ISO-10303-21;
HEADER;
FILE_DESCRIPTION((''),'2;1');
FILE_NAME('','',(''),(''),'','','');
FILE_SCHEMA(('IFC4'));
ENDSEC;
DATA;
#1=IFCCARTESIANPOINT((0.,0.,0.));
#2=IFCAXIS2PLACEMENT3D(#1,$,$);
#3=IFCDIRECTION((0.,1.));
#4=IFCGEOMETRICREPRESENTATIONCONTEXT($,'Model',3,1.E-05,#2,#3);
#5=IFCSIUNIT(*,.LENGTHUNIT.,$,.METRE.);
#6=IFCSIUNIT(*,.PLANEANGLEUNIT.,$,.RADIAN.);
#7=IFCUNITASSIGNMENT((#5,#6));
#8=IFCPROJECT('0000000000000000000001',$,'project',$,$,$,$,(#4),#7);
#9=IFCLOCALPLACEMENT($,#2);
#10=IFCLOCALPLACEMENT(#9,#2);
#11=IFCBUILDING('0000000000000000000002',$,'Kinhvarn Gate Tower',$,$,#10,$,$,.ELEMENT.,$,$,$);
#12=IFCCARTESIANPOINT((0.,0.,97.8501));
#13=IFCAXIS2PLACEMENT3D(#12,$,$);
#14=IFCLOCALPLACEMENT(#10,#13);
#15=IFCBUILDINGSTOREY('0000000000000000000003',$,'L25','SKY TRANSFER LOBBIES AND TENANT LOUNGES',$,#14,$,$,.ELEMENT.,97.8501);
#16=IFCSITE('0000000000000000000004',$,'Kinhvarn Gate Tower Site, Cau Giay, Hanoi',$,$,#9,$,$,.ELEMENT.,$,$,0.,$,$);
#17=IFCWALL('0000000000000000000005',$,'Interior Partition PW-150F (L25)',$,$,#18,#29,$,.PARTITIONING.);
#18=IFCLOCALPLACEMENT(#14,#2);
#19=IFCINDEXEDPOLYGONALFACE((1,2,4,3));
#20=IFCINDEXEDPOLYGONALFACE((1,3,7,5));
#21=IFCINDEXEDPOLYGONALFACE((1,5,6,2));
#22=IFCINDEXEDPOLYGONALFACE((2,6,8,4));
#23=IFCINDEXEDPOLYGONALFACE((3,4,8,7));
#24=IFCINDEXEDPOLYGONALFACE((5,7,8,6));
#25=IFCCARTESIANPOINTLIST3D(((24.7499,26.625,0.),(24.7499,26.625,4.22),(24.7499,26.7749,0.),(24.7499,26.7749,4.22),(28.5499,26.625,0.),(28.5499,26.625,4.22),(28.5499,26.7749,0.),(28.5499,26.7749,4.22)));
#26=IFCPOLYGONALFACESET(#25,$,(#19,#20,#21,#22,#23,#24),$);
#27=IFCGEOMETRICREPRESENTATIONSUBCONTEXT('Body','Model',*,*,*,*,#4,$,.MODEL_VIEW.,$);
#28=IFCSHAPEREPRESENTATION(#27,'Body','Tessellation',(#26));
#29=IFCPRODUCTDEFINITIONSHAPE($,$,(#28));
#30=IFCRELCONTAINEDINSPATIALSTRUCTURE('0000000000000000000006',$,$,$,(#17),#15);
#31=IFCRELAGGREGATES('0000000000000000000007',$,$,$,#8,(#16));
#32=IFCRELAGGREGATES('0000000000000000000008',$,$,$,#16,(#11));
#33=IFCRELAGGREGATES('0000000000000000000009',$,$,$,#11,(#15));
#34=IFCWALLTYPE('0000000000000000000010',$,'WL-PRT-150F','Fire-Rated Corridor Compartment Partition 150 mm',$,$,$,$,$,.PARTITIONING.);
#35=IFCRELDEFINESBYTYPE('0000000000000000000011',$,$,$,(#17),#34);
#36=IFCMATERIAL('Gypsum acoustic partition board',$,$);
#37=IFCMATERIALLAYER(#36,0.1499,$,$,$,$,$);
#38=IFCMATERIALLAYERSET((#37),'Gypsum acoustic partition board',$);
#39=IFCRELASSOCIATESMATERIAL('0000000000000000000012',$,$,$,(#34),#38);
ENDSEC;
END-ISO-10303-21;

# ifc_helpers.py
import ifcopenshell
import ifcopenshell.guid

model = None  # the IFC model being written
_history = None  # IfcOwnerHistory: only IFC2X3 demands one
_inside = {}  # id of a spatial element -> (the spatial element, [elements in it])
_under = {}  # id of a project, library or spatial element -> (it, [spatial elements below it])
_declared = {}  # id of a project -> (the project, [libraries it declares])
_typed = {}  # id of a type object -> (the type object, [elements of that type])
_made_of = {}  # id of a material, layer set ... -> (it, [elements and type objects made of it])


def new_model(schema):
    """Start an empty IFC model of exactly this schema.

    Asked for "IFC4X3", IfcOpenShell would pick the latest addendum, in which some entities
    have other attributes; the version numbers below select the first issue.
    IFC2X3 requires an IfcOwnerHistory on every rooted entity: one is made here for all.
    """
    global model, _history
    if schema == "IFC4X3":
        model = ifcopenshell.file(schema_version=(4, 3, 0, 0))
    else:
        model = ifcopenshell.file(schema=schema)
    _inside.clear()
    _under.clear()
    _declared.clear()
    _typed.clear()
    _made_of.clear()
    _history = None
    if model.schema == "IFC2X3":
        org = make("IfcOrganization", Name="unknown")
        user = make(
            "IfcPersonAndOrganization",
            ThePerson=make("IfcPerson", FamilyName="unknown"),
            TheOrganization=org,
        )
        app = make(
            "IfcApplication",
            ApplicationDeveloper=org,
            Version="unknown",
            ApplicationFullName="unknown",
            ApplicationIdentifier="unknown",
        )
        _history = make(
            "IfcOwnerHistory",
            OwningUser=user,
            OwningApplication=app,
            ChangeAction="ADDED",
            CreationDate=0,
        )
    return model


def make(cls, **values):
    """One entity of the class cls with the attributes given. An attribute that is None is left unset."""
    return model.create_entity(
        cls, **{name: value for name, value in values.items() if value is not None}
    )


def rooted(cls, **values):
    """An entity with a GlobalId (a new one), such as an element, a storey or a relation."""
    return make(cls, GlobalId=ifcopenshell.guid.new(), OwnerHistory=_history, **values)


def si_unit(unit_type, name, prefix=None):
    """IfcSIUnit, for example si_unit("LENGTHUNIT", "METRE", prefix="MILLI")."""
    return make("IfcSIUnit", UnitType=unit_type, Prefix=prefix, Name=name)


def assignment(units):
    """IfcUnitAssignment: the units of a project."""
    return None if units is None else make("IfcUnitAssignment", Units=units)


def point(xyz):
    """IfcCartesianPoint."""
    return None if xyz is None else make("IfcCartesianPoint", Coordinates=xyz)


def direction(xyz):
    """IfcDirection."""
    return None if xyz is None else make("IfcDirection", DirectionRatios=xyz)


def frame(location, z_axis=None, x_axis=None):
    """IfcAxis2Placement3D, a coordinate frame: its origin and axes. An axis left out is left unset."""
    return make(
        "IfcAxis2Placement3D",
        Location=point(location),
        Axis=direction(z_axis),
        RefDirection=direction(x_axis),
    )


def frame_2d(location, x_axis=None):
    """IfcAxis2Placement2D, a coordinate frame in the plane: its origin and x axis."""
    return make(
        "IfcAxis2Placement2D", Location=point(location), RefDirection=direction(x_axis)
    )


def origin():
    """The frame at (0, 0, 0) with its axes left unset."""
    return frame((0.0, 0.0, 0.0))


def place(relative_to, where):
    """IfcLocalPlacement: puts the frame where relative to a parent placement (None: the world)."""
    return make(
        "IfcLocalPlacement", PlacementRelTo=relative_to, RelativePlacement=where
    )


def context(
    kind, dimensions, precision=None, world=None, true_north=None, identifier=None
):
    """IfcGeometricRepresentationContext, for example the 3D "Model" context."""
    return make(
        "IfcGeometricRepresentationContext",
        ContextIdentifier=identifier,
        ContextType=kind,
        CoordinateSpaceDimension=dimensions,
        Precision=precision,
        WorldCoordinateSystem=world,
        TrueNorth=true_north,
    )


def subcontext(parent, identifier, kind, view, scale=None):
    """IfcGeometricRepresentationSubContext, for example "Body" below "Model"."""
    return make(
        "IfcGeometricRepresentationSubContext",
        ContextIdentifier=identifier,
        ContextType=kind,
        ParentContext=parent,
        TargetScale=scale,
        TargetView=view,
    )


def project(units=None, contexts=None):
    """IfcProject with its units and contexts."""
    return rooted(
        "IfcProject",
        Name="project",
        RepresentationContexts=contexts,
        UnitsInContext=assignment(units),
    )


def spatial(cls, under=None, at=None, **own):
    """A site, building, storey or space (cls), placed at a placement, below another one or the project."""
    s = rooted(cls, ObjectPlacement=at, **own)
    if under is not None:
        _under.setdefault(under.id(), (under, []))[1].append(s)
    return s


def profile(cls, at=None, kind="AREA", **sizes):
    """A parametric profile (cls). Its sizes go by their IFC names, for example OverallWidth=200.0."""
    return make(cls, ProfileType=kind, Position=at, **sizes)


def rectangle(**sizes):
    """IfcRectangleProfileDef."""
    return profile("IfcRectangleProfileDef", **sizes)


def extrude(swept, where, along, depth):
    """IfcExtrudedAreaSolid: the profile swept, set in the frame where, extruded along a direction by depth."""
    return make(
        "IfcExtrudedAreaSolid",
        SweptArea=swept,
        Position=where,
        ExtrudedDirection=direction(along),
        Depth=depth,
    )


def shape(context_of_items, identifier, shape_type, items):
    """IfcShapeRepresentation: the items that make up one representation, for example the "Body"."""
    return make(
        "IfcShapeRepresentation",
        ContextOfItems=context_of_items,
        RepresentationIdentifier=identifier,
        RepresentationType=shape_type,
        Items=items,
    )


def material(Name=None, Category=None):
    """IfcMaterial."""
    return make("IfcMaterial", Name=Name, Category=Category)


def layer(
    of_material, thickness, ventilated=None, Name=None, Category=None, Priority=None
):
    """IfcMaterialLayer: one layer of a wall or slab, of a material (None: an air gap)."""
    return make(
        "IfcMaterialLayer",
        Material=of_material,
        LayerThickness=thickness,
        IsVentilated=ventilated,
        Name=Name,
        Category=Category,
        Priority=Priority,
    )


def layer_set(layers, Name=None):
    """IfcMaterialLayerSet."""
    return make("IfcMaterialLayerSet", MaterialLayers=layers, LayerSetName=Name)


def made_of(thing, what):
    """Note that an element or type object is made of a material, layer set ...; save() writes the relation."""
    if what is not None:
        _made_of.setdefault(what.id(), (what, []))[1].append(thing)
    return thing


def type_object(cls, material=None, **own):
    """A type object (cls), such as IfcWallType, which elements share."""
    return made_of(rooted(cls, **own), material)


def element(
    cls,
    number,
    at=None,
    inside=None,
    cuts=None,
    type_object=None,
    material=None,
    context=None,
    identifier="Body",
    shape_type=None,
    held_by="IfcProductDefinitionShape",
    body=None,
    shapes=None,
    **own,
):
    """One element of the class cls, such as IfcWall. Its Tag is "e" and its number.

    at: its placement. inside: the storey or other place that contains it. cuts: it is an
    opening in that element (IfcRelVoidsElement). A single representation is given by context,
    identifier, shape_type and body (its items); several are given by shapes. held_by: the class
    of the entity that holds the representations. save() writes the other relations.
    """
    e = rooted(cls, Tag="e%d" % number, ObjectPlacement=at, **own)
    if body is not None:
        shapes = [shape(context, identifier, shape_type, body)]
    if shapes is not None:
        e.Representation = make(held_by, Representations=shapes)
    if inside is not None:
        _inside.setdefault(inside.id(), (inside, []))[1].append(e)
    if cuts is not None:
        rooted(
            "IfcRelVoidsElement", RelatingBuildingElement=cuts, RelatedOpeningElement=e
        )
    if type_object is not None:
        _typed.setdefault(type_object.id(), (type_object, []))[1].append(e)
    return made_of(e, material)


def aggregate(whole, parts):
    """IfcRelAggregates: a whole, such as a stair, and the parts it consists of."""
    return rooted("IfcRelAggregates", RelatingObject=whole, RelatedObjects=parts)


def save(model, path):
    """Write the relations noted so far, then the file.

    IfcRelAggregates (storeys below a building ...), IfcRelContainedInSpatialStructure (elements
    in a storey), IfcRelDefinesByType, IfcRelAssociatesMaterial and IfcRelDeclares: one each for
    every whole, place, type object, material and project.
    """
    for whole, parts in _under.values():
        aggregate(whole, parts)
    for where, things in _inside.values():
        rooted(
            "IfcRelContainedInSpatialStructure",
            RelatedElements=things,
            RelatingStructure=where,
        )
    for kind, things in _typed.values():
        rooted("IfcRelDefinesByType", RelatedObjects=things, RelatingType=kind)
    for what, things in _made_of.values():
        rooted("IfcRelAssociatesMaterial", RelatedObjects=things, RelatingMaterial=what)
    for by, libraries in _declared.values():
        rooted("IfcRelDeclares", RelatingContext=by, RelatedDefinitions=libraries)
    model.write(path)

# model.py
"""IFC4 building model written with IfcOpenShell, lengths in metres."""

from ifc_helpers import new_model, si_unit, direction, frame, frame_2d, origin, place, context, subcontext, project, spatial, rectangle, extrude, material, layer, layer_set, type_object, element, save


model = new_model("IFC4")

# Units and contexts
model_context = context("Model", 3, precision=1e-05, world=origin(), true_north=direction((0.0, 1.0)))
body_context = subcontext(model_context, "Body", "Model", "MODEL_VIEW")
ifc_project = project(units=[si_unit("LENGTHUNIT", "METRE"), si_unit("PLANEANGLEUNIT", "RADIAN")], contexts=[model_context])

# Site, building, storey
site_placement = place(None, origin())
site = spatial("IfcSite", under=ifc_project, at=site_placement, Name="Kinhvarn Gate Tower Site, Cau Giay, Hanoi", CompositionType="ELEMENT", RefElevation=0.0)
building_placement = place(site_placement, origin())
building = spatial("IfcBuilding", under=site, at=building_placement, Name="Kinhvarn Gate Tower", CompositionType="ELEMENT")
storey_placement = place(building_placement, frame((0.0, 0.0, 97.8501)))
storey = spatial("IfcBuildingStorey", under=building, at=storey_placement, Name="L25", Description="SKY TRANSFER LOBBIES AND TENANT LOUNGES", CompositionType="ELEMENT", Elevation=97.8501)

# Shared definitions
ifc_material_1 = material(Name="Gypsum acoustic partition board")

# Shared definitions
ifc_layer_1 = layer(ifc_material_1, 0.1499)
ifc_layer_set_1 = layer_set([ifc_layer_1], Name="Gypsum acoustic partition board")
wall_type_1 = type_object("IfcWallType", Name="WL-PRT-150F", Description="Fire-Rated Corridor Compartment Partition 150 mm", PredefinedType="PARTITIONING", material=ifc_layer_set_1)

# Wall
wall_1_placement = place(storey_placement, frame((24.75, 26.7, 0.0), z_axis=(0.0, 0.0, 1.0), x_axis=(1.0, 0.0, 0.0)))
element("IfcWall", 1, at=wall_1_placement, inside=storey, type_object=wall_type_1, Name="Interior Partition PW-150F (L25)", PredefinedType="PARTITIONING", context=body_context, shape_type="SweptSolid", body=[
    extrude(rectangle(XDim=3.8, YDim=0.1499, at=frame_2d((1.8999, 0.0))), origin(), (0.0, 0.0, 1.0), 4.22),
])

save(model, "model.ifc")
